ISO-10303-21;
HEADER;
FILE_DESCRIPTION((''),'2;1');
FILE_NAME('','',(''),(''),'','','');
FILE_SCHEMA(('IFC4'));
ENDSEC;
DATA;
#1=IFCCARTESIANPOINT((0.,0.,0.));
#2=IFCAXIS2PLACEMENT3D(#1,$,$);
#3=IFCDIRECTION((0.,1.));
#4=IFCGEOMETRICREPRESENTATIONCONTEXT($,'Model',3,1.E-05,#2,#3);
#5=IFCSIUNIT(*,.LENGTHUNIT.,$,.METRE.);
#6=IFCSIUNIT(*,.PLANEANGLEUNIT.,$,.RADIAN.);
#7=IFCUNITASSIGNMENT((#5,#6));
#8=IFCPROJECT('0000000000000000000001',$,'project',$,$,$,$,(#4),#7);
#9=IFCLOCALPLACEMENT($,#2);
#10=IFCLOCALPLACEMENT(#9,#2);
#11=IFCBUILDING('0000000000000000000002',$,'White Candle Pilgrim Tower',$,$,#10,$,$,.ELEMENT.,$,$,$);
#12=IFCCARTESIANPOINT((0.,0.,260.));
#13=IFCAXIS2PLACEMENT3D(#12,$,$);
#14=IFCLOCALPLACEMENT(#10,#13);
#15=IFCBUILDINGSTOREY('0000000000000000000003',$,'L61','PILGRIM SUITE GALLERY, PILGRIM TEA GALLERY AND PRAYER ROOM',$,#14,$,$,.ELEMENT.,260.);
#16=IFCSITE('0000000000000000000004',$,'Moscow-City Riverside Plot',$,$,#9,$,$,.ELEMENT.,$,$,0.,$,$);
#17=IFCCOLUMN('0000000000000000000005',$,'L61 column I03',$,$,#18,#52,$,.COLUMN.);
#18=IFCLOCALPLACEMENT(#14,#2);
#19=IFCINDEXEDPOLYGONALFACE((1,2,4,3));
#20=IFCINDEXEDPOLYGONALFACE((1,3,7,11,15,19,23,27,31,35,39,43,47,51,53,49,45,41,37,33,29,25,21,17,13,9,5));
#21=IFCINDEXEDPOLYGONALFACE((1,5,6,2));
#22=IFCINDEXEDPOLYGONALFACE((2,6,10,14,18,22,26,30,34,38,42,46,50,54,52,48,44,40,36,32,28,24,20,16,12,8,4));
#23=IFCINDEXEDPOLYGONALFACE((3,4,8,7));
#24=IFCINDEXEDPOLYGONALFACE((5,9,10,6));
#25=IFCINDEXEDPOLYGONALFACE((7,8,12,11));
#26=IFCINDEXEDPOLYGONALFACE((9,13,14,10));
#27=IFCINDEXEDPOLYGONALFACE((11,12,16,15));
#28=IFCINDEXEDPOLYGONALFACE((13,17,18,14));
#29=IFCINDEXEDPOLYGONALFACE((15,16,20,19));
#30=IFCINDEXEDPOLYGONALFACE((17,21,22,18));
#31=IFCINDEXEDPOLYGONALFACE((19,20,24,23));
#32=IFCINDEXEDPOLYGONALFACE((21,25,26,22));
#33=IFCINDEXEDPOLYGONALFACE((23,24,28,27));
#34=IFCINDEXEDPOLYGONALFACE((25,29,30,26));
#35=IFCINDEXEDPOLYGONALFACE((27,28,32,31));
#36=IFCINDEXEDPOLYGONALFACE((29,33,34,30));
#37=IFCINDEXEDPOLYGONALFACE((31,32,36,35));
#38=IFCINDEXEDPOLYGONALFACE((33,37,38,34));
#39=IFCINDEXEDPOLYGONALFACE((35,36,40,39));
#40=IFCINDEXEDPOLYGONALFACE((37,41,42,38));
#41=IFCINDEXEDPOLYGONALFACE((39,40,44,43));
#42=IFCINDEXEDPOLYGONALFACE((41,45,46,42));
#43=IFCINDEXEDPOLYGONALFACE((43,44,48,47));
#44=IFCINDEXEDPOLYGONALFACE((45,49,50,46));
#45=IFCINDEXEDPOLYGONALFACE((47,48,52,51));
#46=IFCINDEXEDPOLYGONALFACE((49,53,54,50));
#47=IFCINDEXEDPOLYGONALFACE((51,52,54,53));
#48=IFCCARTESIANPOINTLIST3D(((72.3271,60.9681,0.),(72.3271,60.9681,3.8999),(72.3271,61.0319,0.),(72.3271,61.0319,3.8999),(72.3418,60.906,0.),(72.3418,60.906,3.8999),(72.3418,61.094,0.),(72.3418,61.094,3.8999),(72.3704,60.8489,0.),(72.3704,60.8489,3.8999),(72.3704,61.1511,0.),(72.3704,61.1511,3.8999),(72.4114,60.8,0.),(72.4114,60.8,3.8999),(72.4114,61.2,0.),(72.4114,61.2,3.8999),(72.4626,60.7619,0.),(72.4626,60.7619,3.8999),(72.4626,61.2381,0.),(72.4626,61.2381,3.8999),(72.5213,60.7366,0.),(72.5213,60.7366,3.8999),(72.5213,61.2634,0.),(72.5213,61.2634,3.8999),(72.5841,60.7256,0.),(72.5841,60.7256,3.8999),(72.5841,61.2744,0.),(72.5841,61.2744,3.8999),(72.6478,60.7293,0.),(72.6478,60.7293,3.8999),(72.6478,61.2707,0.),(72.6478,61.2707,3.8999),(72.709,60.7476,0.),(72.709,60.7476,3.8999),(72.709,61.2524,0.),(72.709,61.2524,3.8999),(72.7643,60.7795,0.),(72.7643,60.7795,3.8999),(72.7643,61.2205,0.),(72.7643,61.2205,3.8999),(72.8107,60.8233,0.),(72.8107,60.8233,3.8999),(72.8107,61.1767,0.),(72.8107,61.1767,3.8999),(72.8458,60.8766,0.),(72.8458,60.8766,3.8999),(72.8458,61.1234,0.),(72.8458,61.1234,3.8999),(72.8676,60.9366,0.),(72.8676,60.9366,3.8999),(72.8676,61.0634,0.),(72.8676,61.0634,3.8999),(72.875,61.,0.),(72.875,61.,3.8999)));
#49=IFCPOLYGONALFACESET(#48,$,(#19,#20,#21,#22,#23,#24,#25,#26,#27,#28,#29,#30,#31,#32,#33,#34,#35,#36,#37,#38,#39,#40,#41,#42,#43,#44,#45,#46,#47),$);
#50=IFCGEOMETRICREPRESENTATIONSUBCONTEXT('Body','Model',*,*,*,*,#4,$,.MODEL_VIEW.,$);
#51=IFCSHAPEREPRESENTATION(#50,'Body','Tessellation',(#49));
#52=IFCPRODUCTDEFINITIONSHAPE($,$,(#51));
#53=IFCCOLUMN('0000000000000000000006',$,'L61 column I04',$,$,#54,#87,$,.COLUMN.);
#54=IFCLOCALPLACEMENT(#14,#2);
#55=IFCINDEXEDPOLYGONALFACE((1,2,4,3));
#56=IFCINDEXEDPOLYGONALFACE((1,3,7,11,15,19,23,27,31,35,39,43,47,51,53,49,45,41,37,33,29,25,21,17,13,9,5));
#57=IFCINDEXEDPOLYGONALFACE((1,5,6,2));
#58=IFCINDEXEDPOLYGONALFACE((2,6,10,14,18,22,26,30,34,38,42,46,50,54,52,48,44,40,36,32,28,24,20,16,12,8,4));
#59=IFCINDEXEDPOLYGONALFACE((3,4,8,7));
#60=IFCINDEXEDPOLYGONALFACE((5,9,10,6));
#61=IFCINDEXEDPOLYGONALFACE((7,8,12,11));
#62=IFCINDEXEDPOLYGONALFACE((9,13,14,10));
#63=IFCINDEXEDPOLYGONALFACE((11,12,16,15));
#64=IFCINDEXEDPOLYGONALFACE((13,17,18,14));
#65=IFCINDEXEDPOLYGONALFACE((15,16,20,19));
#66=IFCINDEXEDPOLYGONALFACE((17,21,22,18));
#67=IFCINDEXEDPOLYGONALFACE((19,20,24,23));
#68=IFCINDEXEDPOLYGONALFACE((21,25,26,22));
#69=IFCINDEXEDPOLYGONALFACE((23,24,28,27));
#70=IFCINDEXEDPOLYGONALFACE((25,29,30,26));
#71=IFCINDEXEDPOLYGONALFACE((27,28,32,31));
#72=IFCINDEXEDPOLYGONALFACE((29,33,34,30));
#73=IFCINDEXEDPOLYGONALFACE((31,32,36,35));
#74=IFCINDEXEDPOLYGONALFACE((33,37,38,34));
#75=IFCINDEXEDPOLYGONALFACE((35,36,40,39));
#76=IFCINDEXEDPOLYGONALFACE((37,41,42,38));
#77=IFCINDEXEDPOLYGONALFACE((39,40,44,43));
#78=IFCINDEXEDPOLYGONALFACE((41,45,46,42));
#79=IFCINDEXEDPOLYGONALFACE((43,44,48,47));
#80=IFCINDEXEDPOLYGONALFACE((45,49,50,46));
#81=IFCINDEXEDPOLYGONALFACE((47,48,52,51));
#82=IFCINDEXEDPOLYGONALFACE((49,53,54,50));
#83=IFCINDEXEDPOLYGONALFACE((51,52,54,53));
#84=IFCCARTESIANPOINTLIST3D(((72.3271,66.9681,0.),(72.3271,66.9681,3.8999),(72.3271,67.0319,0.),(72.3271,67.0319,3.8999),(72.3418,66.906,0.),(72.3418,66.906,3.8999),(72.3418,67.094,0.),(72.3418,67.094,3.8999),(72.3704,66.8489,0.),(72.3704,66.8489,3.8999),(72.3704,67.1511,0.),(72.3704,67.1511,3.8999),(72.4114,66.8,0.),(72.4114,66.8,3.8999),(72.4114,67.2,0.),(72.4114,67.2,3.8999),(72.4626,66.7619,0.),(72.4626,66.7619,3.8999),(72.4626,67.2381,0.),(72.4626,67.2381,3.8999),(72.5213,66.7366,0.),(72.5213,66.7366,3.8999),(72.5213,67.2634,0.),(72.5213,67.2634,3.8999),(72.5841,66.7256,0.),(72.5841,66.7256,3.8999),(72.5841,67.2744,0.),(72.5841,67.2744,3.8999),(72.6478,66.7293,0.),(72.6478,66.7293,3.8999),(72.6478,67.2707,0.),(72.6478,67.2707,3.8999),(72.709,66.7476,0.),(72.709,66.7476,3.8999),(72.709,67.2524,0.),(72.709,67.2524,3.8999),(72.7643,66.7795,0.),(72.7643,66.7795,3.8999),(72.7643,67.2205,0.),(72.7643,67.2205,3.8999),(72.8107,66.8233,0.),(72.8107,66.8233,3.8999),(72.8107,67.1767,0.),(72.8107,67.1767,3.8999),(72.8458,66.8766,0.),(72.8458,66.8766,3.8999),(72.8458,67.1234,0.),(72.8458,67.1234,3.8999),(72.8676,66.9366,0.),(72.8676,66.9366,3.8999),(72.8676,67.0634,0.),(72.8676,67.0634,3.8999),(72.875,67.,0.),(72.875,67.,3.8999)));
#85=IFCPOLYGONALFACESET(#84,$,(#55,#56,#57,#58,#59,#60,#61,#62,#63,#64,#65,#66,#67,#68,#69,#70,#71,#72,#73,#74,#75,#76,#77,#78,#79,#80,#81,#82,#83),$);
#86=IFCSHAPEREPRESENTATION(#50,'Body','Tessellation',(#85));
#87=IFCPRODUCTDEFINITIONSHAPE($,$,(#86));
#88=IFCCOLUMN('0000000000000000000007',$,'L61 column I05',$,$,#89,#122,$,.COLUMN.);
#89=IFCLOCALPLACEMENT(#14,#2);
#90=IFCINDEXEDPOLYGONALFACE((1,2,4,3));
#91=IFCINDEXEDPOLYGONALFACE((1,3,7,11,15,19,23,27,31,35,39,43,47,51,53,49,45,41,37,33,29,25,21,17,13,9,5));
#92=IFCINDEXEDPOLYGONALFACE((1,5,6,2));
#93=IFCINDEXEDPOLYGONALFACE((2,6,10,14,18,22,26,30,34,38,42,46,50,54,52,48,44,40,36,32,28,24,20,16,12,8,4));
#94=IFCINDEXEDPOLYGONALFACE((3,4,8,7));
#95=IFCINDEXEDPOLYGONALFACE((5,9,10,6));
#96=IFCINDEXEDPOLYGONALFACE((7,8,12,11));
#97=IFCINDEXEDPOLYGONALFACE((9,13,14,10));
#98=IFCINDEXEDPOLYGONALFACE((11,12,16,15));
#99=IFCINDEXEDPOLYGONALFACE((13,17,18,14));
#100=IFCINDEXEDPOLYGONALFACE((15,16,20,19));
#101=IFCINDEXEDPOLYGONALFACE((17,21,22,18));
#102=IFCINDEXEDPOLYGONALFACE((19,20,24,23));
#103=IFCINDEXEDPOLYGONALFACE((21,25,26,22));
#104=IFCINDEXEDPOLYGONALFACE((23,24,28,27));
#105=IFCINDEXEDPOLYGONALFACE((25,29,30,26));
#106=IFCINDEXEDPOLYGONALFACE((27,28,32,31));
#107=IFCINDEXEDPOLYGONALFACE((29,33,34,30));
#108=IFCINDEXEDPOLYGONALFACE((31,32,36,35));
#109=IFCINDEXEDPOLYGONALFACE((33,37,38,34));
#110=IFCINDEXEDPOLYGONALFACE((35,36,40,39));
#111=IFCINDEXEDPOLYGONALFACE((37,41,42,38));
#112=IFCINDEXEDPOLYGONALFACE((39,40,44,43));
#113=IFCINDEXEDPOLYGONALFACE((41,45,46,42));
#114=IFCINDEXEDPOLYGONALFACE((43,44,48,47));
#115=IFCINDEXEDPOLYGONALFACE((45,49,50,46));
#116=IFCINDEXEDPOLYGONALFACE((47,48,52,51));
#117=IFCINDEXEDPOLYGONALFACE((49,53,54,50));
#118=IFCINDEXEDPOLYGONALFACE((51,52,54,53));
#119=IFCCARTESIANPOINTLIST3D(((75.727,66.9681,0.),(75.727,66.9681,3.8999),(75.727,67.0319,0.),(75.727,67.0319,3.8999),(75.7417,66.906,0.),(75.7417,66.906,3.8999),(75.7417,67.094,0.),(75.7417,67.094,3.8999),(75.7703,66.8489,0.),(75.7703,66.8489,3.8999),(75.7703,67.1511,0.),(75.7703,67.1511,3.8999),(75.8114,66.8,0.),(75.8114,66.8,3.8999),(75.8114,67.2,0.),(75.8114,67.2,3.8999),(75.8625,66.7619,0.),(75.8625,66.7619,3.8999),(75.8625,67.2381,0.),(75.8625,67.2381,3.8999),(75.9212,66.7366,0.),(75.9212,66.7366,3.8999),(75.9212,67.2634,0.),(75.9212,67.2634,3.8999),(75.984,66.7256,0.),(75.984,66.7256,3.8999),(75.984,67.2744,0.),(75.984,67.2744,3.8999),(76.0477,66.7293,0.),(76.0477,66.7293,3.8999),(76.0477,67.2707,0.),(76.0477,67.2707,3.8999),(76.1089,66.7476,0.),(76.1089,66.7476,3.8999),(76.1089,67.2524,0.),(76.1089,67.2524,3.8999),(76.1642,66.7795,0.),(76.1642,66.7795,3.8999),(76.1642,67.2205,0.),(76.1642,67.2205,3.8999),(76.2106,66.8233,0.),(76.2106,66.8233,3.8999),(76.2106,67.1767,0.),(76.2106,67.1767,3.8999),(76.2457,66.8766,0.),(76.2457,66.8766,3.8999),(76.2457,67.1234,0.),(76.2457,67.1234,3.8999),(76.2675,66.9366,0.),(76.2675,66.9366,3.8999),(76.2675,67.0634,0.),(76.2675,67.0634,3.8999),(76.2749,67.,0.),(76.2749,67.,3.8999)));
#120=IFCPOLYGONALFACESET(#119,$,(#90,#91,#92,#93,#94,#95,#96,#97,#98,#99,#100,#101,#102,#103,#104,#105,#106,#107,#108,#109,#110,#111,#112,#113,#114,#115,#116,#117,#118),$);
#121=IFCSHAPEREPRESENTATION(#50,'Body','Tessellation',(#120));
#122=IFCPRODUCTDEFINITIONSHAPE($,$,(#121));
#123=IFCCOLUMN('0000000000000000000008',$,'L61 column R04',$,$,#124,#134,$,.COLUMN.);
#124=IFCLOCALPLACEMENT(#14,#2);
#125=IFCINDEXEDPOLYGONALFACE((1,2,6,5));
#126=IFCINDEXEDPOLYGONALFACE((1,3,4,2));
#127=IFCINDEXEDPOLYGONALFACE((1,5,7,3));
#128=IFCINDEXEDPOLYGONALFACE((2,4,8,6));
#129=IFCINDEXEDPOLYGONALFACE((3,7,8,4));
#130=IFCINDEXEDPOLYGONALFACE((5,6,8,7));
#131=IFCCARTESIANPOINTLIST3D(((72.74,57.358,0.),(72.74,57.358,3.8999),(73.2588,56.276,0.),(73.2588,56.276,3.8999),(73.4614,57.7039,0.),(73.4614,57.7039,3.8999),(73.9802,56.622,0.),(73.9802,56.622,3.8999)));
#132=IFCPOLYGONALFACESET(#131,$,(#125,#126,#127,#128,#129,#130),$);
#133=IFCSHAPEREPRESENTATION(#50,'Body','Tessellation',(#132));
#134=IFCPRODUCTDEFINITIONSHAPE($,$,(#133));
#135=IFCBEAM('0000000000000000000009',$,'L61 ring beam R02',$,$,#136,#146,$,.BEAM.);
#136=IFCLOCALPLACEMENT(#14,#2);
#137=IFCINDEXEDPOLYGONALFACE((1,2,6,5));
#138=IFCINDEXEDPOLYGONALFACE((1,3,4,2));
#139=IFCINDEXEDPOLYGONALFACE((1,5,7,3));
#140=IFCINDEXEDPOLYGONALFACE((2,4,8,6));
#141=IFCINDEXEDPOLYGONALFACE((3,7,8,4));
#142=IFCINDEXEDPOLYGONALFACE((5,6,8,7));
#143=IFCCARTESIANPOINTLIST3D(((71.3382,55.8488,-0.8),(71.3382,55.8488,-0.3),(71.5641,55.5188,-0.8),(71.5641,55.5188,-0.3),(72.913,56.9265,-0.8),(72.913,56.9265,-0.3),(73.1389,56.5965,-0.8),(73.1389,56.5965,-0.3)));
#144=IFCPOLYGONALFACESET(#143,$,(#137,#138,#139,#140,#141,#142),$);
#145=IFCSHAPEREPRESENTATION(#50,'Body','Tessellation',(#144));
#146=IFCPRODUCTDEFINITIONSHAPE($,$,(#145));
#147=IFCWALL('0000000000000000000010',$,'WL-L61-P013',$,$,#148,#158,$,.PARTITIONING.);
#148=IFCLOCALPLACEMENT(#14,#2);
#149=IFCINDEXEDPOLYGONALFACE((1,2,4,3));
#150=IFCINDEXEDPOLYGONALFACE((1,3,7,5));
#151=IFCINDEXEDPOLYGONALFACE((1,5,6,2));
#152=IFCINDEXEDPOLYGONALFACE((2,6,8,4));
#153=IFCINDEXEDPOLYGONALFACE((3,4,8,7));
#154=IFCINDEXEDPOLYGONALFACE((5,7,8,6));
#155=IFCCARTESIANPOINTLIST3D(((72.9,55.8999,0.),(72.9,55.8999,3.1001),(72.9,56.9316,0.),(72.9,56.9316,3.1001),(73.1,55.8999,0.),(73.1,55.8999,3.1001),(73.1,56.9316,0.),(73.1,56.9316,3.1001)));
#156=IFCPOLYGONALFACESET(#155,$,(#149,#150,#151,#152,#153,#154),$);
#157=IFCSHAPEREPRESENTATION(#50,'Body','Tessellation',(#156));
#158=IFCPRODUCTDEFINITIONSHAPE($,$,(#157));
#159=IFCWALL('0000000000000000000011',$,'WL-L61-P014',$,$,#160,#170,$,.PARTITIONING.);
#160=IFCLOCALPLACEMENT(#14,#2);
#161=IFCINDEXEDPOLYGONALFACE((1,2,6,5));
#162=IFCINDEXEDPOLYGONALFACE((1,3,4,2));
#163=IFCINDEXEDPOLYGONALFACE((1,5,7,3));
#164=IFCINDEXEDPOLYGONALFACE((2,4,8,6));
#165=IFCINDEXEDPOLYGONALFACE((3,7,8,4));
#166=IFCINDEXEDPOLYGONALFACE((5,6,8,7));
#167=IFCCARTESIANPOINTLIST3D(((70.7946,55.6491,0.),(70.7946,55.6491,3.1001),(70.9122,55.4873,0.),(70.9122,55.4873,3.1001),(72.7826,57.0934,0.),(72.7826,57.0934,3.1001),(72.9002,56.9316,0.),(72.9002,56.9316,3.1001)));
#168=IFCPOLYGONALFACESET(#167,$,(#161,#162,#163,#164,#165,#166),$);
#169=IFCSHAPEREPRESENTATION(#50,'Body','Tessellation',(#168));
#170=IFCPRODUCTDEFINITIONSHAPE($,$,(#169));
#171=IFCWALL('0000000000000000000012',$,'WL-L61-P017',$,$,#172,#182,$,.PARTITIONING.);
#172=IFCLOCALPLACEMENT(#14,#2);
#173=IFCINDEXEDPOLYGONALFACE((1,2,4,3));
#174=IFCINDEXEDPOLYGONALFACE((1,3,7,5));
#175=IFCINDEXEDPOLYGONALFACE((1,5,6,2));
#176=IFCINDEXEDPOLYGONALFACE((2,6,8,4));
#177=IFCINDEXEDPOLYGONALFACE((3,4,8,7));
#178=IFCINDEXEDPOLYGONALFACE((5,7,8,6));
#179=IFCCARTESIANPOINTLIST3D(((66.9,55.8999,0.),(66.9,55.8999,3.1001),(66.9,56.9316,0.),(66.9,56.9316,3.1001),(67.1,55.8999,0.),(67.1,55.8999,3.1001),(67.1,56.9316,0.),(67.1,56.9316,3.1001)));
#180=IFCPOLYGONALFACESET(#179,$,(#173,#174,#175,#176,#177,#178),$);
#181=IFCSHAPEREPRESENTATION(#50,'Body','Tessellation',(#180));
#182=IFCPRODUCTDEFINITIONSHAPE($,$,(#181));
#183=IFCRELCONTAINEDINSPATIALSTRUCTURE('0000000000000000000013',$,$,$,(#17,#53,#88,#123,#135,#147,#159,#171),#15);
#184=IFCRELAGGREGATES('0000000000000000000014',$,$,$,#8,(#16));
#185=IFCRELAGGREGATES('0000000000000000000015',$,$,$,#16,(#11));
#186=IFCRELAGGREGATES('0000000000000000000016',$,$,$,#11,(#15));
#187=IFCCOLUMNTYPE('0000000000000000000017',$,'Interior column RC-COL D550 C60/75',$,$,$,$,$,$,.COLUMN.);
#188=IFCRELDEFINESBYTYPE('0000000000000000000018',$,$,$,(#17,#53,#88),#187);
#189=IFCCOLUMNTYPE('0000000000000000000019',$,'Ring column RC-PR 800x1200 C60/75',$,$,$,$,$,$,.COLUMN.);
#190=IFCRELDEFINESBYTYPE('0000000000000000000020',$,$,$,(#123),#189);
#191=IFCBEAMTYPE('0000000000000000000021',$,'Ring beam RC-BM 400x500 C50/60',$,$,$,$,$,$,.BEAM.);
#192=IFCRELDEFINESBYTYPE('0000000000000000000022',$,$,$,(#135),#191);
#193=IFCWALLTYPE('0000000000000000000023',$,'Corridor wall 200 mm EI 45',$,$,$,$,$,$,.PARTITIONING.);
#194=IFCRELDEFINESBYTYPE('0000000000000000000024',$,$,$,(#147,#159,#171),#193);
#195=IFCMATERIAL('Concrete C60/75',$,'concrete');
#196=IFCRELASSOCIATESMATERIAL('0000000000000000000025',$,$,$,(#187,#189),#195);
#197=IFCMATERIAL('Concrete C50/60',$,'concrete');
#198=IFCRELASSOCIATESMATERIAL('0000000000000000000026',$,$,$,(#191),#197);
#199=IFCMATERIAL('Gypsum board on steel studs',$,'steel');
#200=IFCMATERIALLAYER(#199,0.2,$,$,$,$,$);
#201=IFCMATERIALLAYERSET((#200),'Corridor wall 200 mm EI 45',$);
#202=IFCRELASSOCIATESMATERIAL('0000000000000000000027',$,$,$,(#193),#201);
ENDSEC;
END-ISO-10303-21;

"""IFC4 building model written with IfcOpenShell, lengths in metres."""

from ifc_helpers import new_model, si_unit, direction, frame, frame_2d, origin, origin_2d, place, context, subcontext, project, spatial, rectangle, circle, extrude, material, layer, layer_set, material_profile, profile_set, type_object, element, save


model = new_model("IFC4")

# Units and contexts
model_context = context("Model", 3, precision=1e-05, world=origin(), true_north=direction((0.0, 1.0)))
body_context = subcontext(model_context, "Body", "Model", "MODEL_VIEW")
ifc_project = project(units=[si_unit("LENGTHUNIT", "METRE"), si_unit("PLANEANGLEUNIT", "RADIAN")], contexts=[model_context])

# Site, building, storey
site_placement = place(None, origin())
site = spatial("IfcSite", under=ifc_project, at=site_placement, Name="Moscow-City Riverside Plot", CompositionType="ELEMENT", RefElevation=0.0)
building_placement = place(site_placement, origin())
building = spatial("IfcBuilding", under=site, at=building_placement, Name="White Candle Pilgrim Tower", CompositionType="ELEMENT")
storey_placement = place(building_placement, frame((0.0, 0.0, 260.0)))
storey = spatial("IfcBuildingStorey", under=building, at=storey_placement, Name="L61", Description="PILGRIM SUITE GALLERY, PILGRIM TEA GALLERY AND PRAYER ROOM", CompositionType="ELEMENT", Elevation=260.0)

# Columns
ifc_material_1 = material(Name="Concrete C60/75", Category="concrete")
ifc_material_profile_1 = material_profile(ifc_material_1, circle(Radius=0.2749, at=origin_2d()), Name="RC-COL D550")
ifc_profile_set_1 = profile_set([ifc_material_profile_1], Name="Concrete C60/75")
column_type_1 = type_object("IfcColumnType", Name="Interior column RC-COL D550 C60/75", PredefinedType="COLUMN", material=ifc_profile_set_1)
for number, where, z_axis, x_axis, name in (
    (1, (72.6001, 61.0, 0.0), (0.0, 0.0, 1.0), (1.0, 0.0, 0.0), "L61 column I03"),
    (2, (72.6001, 67.0, 0.0), (0.0, 0.0, 1.0), (1.0, 0.0, 0.0), "L61 column I04"),
    (3, (76.0, 67.0, 0.0), (0.0, 0.0, 1.0), (1.0, 0.0, 0.0), "L61 column I05"),
):
    element("IfcColumn", number, at=place(storey_placement, frame(where, z_axis=z_axis, x_axis=x_axis)), inside=storey, type_object=column_type_1, Name=name, PredefinedType="COLUMN", context=body_context, shape_type="SweptSolid", body=[
        extrude(circle(Radius=0.2749, at=origin_2d()), origin(), (0.0, 0.0, 1.0), 3.8999),
    ])
ifc_material_profile_2 = material_profile(ifc_material_1, rectangle(XDim=0.8, YDim=1.2, at=origin_2d()), Name="RC-PR 800x1200")
ifc_profile_set_2 = profile_set([ifc_material_profile_2], Name="Concrete C60/75")
column_type_2 = type_object("IfcColumnType", Name="Ring column RC-PR 800x1200 C60/75", PredefinedType="COLUMN", material=ifc_profile_set_2)
column_placement = place(storey_placement, frame((73.3601, 56.99, 0.0), z_axis=(0.0, 0.0, 1.0), x_axis=(-0.901689, -0.432385, 0.0)))
element("IfcColumn", 4, at=column_placement, inside=storey, type_object=column_type_2, Name="L61 column R04", PredefinedType="COLUMN", context=body_context, shape_type="SweptSolid", body=[
    extrude(rectangle(XDim=0.8, YDim=1.2, at=origin_2d()), origin(), (0.0, 0.0, 1.0), 3.8999),
])

# Beam
ifc_material_2 = material(Name="Concrete C50/60", Category="concrete")
ifc_material_profile_3 = material_profile(ifc_material_2, rectangle(XDim=0.3999, YDim=0.5, at=origin_2d()), Name="RC-BM 400x500")
ifc_profile_set_3 = profile_set([ifc_material_profile_3], Name="Concrete C50/60")
beam_type = type_object("IfcBeamType", Name="Ring beam RC-BM 400x500 C50/60", PredefinedType="BEAM", material=ifc_profile_set_3)
beam_placement = place(storey_placement, frame((71.4512, 55.6838, -0.55), z_axis=(0.825257, 0.564757, 0.0), x_axis=(-0.564757, 0.825257, 0.0)))
element("IfcBeam", 5, at=beam_placement, inside=storey, type_object=beam_type, Name="L61 ring beam R02", PredefinedType="BEAM", context=body_context, shape_type="SweptSolid", body=[
    extrude(rectangle(XDim=0.3999, YDim=0.5, at=origin_2d()), origin(), (0.0, 0.0, 1.0), 1.9082),
])

# Walls
ifc_material_3 = material(Name="Gypsum board on steel studs", Category="steel")
ifc_layer_1 = layer(ifc_material_3, 0.2)
ifc_layer_set_1 = layer_set([ifc_layer_1], Name="Corridor wall 200 mm EI 45")
wall_type_1 = type_object("IfcWallType", Name="Corridor wall 200 mm EI 45", PredefinedType="PARTITIONING", material=ifc_layer_set_1)
wall_1_placement = place(storey_placement, frame((73.0, 55.8999, 0.0), z_axis=(0.0, 0.0, 1.0), x_axis=(0.0, 1.0, 0.0)))
element("IfcWall", 6, at=wall_1_placement, inside=storey, type_object=wall_type_1, Name="WL-L61-P013", PredefinedType="PARTITIONING", context=body_context, shape_type="SweptSolid", body=[
    extrude(rectangle(XDim=1.0317, YDim=0.2, at=frame_2d((0.5159, 0.0))), origin(), (0.0, 0.0, 1.0), 3.1001),
])
wall_2_placement = place(storey_placement, frame((72.8413, 57.0125, 0.0), z_axis=(0.0, 0.0, 1.0), x_axis=(-0.809028, -0.58777, 0.0)))
element("IfcWall", 7, at=wall_2_placement, inside=storey, type_object=wall_type_1, Name="WL-L61-P014", PredefinedType="PARTITIONING", context=body_context, shape_type="SweptSolid", body=[
    extrude(rectangle(XDim=2.4573, YDim=0.2, at=frame_2d((1.2285, 0.0))), origin(), (0.0, 0.0, 1.0), 3.1001),
])
wall_3_placement = place(storey_placement, frame((67.0, 56.9316, 0.0), z_axis=(0.0, 0.0, 1.0), x_axis=(0.0, -1.0, 0.0)))
element("IfcWall", 8, at=wall_3_placement, inside=storey, type_object=wall_type_1, Name="WL-L61-P017", PredefinedType="PARTITIONING", context=body_context, shape_type="SweptSolid", body=[
    extrude(rectangle(XDim=1.0317, YDim=0.2, at=frame_2d((0.5159, 0.0))), origin(), (0.0, 0.0, 1.0), 3.1001),
])

save(model, "model.ifc")
